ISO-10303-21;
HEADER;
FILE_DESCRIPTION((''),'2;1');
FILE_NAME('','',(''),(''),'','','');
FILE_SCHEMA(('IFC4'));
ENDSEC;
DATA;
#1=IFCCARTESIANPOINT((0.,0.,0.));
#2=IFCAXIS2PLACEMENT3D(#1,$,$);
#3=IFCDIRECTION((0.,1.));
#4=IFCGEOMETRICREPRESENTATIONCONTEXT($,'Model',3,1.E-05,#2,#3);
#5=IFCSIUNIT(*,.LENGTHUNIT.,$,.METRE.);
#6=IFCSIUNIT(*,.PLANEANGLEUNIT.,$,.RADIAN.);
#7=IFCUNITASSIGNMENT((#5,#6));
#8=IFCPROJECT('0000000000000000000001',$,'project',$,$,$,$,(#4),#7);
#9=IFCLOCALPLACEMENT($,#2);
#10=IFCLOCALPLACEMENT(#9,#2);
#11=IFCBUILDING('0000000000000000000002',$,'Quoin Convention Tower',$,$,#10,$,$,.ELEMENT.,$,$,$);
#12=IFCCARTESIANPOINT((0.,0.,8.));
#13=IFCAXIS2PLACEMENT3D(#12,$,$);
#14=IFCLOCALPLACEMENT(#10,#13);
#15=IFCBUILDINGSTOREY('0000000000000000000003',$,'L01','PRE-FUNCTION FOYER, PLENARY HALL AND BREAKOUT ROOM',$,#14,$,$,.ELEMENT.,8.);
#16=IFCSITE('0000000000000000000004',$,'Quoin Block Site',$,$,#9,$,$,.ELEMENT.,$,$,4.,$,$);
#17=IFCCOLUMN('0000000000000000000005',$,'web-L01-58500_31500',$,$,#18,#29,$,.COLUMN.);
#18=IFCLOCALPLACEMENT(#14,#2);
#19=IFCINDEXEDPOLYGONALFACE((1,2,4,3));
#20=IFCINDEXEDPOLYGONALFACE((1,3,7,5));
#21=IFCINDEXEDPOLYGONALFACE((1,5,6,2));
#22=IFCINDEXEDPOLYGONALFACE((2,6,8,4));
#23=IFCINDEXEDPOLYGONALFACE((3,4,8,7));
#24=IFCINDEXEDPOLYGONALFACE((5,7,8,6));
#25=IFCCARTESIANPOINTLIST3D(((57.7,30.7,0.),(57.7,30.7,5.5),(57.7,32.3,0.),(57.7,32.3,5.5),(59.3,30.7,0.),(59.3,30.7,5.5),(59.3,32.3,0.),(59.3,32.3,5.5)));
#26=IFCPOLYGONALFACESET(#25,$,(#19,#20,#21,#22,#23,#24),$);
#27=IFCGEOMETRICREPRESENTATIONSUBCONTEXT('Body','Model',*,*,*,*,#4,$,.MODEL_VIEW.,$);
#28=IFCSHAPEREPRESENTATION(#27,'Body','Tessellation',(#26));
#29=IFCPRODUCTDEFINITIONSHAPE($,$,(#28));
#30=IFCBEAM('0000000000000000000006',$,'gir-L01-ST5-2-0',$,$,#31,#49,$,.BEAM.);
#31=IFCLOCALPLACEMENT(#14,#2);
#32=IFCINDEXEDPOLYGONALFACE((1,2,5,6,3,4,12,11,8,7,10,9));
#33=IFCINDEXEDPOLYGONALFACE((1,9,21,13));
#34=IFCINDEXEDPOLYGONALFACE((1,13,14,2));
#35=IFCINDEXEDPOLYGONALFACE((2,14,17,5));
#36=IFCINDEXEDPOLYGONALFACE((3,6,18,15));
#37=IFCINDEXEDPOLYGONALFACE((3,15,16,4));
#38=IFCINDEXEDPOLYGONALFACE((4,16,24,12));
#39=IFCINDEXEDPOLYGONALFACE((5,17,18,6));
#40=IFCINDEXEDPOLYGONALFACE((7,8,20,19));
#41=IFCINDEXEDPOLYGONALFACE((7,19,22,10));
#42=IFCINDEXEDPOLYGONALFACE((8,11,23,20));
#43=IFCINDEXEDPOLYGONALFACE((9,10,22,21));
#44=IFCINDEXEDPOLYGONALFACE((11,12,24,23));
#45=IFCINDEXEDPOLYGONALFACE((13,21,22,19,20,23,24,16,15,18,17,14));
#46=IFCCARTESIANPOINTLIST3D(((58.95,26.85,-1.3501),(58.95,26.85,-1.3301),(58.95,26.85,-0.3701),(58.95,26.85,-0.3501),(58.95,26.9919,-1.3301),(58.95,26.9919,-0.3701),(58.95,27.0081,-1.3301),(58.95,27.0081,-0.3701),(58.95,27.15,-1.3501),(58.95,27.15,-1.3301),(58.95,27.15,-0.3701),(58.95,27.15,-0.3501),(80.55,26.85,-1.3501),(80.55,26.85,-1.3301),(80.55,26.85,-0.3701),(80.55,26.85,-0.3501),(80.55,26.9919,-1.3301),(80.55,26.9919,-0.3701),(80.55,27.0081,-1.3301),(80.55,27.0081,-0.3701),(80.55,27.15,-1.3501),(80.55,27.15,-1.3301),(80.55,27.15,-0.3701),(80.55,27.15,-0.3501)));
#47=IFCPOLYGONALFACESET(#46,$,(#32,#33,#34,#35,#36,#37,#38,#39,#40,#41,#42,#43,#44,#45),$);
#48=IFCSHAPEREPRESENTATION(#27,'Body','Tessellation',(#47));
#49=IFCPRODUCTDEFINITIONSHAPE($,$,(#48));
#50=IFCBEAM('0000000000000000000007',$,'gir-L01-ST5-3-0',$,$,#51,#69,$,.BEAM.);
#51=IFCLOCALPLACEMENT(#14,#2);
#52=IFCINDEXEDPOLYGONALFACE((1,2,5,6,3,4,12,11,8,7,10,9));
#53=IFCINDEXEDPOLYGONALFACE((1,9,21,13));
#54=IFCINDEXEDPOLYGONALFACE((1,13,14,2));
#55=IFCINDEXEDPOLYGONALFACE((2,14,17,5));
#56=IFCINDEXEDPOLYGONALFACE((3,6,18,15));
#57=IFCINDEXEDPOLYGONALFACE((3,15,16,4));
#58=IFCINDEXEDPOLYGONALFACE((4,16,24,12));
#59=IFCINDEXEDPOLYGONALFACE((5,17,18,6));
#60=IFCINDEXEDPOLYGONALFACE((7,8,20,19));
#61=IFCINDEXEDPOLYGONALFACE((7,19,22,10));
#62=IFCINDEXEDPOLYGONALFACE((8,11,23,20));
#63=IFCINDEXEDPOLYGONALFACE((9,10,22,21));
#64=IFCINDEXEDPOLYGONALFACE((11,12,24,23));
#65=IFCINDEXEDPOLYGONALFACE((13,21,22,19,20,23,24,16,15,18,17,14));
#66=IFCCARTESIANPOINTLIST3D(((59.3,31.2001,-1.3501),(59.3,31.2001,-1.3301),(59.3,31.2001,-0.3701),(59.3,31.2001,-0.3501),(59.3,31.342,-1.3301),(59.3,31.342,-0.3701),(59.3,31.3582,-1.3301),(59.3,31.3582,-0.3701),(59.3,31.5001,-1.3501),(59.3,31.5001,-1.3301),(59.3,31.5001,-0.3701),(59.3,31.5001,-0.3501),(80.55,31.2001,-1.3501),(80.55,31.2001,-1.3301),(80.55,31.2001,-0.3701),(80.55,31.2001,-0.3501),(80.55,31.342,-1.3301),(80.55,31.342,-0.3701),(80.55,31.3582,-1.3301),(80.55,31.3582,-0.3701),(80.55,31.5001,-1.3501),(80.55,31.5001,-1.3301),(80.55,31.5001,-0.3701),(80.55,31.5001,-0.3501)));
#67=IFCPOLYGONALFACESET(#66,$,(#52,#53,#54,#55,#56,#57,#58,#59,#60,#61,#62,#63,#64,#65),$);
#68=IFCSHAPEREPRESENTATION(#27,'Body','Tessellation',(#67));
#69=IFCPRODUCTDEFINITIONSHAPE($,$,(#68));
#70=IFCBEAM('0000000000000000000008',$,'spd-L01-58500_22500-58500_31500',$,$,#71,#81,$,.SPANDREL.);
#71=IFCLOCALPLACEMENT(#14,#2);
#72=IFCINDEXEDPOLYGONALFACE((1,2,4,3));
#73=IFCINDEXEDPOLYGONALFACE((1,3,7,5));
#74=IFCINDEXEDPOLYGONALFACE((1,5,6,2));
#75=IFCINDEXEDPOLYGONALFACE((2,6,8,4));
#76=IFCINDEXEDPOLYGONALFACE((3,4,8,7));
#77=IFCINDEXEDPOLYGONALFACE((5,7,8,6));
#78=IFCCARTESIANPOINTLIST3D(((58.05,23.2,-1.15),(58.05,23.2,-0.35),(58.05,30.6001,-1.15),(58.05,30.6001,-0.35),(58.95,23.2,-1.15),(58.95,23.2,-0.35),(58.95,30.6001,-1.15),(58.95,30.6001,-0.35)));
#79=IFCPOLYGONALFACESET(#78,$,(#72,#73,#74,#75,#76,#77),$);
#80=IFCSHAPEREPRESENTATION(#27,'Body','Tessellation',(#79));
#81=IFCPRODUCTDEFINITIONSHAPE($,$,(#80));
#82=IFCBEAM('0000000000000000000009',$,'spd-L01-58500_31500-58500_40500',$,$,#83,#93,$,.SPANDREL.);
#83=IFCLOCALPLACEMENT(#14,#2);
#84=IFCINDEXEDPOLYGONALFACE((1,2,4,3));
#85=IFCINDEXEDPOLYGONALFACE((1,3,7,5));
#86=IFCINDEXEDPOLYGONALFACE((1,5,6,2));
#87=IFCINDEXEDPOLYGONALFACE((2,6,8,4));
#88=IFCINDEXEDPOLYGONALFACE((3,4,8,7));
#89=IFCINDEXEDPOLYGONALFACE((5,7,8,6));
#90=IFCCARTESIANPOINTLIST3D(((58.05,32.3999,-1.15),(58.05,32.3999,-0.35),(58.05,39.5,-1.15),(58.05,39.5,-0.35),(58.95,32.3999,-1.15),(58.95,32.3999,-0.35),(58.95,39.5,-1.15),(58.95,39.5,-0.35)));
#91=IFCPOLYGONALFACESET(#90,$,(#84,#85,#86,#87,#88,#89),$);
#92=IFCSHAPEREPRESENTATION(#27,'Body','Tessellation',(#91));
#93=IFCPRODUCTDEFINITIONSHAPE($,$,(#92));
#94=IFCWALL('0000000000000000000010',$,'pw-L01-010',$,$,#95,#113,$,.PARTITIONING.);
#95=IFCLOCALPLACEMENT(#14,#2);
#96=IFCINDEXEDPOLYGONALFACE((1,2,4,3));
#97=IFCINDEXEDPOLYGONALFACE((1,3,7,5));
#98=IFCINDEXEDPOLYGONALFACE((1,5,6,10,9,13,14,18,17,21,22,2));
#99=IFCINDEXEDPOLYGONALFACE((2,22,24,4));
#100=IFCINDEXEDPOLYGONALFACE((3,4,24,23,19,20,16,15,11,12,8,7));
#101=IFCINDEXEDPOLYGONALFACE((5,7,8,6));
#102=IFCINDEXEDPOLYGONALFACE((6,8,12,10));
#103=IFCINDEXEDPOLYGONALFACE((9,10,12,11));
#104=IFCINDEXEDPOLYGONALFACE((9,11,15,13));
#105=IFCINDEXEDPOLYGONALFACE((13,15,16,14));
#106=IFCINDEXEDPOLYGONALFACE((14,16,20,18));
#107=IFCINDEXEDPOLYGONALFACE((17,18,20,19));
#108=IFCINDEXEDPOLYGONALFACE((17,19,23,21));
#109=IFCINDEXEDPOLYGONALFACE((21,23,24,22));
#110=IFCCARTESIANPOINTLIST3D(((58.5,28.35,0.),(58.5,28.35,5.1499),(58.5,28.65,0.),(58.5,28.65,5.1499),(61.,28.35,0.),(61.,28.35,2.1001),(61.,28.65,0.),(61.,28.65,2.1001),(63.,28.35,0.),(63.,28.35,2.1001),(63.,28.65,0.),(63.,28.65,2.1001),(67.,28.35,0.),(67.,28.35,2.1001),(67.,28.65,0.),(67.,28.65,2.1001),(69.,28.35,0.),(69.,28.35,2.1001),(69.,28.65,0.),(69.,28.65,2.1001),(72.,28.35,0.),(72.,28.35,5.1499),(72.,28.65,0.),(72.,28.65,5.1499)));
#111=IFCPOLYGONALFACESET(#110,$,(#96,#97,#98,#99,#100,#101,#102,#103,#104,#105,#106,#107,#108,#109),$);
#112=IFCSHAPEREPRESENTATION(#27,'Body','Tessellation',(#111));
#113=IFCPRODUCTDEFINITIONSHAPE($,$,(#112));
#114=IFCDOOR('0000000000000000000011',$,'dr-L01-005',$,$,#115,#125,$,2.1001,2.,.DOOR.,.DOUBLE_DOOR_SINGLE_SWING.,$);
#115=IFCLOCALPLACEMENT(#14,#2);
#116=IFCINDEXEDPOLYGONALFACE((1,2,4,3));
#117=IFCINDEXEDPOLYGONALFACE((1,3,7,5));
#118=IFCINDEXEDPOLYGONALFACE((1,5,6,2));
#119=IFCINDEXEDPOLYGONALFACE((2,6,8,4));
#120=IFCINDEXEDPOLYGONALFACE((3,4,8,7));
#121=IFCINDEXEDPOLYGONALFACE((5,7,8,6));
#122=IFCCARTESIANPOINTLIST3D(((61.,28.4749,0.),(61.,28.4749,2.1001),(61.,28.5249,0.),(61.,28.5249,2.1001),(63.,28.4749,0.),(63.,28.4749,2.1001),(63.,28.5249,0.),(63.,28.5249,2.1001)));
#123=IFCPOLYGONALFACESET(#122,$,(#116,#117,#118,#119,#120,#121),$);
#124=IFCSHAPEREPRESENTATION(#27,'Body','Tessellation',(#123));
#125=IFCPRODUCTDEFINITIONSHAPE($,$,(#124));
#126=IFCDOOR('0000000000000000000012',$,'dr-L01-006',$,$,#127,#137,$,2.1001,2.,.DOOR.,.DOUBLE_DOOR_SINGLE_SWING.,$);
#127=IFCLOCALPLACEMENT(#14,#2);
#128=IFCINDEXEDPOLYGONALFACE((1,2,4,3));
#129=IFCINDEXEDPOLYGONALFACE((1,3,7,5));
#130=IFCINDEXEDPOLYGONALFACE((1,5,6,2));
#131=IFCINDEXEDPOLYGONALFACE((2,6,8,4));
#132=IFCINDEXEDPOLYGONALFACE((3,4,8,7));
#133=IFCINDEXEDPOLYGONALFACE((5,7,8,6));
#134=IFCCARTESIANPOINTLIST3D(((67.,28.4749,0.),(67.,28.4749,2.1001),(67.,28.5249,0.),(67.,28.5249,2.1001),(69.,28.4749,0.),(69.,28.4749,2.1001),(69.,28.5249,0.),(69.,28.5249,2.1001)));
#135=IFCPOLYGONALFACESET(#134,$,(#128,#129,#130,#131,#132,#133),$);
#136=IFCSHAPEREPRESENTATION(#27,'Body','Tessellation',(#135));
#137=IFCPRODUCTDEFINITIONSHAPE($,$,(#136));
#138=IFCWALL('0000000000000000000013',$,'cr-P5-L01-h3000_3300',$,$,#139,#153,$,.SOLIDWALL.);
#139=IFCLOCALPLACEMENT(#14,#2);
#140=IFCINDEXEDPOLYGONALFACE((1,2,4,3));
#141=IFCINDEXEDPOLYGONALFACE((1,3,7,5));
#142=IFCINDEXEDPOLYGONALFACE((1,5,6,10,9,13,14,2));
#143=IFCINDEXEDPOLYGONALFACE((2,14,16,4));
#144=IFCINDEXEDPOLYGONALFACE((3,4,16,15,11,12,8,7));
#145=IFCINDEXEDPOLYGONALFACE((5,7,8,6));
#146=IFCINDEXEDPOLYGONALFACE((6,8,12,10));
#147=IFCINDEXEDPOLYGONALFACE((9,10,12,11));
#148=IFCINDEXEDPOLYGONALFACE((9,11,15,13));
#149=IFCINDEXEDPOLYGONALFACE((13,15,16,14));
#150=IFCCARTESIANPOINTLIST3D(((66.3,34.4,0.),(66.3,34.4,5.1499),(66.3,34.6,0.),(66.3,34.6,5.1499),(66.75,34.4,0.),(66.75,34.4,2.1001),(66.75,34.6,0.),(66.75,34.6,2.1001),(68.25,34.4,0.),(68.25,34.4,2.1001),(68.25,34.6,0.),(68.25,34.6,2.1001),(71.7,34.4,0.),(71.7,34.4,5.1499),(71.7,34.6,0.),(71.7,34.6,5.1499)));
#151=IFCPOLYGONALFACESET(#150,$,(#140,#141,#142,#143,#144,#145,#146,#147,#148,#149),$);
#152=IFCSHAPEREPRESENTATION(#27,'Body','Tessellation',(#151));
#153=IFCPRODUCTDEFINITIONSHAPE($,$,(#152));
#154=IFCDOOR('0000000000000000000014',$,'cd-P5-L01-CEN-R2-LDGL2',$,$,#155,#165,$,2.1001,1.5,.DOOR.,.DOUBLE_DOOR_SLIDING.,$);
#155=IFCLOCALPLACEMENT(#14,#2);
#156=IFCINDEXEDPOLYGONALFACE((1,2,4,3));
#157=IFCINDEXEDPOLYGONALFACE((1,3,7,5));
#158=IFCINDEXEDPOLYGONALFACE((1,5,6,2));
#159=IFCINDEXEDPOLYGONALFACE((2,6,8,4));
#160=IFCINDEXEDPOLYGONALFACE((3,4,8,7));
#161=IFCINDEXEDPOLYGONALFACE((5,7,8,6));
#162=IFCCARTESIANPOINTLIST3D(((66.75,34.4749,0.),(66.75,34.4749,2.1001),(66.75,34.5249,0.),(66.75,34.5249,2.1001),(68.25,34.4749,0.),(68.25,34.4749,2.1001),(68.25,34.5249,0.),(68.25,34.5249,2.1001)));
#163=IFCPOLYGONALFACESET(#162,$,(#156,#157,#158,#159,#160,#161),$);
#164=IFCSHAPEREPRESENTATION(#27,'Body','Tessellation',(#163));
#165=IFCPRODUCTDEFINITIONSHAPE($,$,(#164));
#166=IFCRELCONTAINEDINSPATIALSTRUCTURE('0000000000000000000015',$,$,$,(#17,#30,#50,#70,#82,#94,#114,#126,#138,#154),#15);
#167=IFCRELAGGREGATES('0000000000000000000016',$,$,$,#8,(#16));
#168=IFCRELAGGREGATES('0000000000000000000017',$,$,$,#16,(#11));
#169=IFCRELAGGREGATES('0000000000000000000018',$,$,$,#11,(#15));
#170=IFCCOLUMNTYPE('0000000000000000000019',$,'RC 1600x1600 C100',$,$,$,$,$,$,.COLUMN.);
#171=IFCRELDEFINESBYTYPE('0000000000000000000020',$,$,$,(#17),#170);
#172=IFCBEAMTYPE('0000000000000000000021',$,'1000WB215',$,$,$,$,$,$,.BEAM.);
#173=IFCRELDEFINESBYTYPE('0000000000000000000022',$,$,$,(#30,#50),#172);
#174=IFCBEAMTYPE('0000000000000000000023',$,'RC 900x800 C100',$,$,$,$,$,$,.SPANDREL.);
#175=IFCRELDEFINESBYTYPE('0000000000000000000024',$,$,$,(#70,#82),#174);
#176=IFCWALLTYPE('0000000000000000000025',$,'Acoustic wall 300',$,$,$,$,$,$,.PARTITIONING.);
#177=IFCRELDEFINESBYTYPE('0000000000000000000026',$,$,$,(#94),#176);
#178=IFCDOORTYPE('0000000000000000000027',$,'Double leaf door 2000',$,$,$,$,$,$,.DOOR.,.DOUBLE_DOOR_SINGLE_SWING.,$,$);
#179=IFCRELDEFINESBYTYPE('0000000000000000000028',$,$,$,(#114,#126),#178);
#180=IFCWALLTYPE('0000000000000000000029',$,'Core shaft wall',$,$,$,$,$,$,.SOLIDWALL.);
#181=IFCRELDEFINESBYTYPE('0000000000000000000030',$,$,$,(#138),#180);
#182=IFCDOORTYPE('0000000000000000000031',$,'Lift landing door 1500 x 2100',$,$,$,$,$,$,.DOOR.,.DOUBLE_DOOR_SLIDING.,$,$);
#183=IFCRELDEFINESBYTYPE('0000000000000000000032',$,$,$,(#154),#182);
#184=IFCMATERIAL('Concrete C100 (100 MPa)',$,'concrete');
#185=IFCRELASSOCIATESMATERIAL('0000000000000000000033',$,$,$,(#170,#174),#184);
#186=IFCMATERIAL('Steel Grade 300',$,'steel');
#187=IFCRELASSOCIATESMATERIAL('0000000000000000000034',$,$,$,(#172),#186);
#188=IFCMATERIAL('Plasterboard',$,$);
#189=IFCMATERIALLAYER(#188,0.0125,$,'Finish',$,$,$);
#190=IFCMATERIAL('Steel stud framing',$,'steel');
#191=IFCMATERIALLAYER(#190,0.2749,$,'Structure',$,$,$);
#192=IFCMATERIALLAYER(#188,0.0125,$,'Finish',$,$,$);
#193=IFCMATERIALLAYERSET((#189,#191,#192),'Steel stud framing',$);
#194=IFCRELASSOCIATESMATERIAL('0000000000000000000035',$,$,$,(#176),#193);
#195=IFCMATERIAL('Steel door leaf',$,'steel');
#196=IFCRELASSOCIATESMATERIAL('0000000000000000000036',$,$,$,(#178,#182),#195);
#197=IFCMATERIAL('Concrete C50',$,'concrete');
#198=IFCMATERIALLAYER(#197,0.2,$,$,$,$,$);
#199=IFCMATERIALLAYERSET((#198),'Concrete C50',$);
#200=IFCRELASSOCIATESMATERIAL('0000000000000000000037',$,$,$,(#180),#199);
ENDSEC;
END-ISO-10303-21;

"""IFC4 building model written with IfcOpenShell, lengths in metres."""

from ifc_helpers import new_model, si_unit, direction, frame, frame_2d, origin, origin_2d, place, context, subcontext, project, spatial, rectangle, i_section, extrude, material, layer, layer_set, material_profile, profile_set, type_object, element, fill, save


model = new_model("IFC4")

# Units and contexts
model_context = context("Model", 3, precision=1e-05, world=origin(), true_north=direction((0.0, 1.0)))
body_context = subcontext(model_context, "Body", "Model", "MODEL_VIEW")
ifc_project = project(units=[si_unit("LENGTHUNIT", "METRE"), si_unit("PLANEANGLEUNIT", "RADIAN")], contexts=[model_context])

# Site, building, storey
site_placement = place(None, origin())
site = spatial("IfcSite", under=ifc_project, at=site_placement, Name="Quoin Block Site", CompositionType="ELEMENT", RefElevation=4.0)
building_placement = place(site_placement, origin())
building = spatial("IfcBuilding", under=site, at=building_placement, Name="Quoin Convention Tower", CompositionType="ELEMENT")
storey_placement = place(building_placement, frame((0.0, 0.0, 8.0)))
storey = spatial("IfcBuildingStorey", under=building, at=storey_placement, Name="L01", Description="PRE-FUNCTION FOYER, PLENARY HALL AND BREAKOUT ROOM", CompositionType="ELEMENT", Elevation=8.0)

# Column
ifc_material_1 = material(Name="Concrete C100 (100 MPa)", Category="concrete")
ifc_material_profile_1 = material_profile(ifc_material_1, rectangle(XDim=1.6001, YDim=1.6001, at=origin_2d()), Name="RC 1600x1600")
ifc_profile_set_1 = profile_set([ifc_material_profile_1], Name="Concrete C100 (100 MPa)")
column_type = type_object("IfcColumnType", Name="RC 1600x1600 C100", PredefinedType="COLUMN", material=ifc_profile_set_1)
column_placement = place(storey_placement, frame((58.5, 31.5, 0.0), z_axis=(0.0, 0.0, 1.0), x_axis=(1.0, 0.0, 0.0)))
element("IfcColumn", 1, at=column_placement, inside=storey, type_object=column_type, Name="web-L01-58500_31500", PredefinedType="COLUMN", context=body_context, shape_type="SweptSolid", body=[
    extrude(rectangle(XDim=1.6001, YDim=1.6001, at=origin_2d()), origin(), (0.0, 0.0, 1.0), 5.5),
])

# Beams
ifc_material_2 = material(Name="Steel Grade 300", Category="steel")
ifc_material_profile_2 = material_profile(ifc_material_2, i_section(OverallWidth=0.3, OverallDepth=1.0, WebThickness=0.0161, FlangeThickness=0.02, at=origin_2d()), Name="1000WB215")
ifc_profile_set_2 = profile_set([ifc_material_profile_2], Name="Steel Grade 300")
beam_type_1 = type_object("IfcBeamType", Name="1000WB215", PredefinedType="BEAM", material=ifc_profile_set_2)
beam_1_placement = place(storey_placement, frame((58.95, 27.0, -0.8501), z_axis=(1.0, 0.0, 0.0), x_axis=(0.0, 1.0, 0.0)))
element("IfcBeam", 2, at=beam_1_placement, inside=storey, type_object=beam_type_1, Name="gir-L01-ST5-2-0", PredefinedType="BEAM", context=body_context, shape_type="SweptSolid", body=[
    extrude(i_section(OverallWidth=0.3, OverallDepth=1.0, WebThickness=0.0161, FlangeThickness=0.02, at=origin_2d()), origin(), (0.0, 0.0, 1.0), 21.6001),
])
beam_2_placement = place(storey_placement, frame((59.3, 31.3501, -0.8501), z_axis=(1.0, 0.0, 0.0), x_axis=(0.0, 1.0, 0.0)))
element("IfcBeam", 3, at=beam_2_placement, inside=storey, type_object=beam_type_1, Name="gir-L01-ST5-3-0", PredefinedType="BEAM", context=body_context, shape_type="SweptSolid", body=[
    extrude(i_section(OverallWidth=0.3, OverallDepth=1.0, WebThickness=0.0161, FlangeThickness=0.02, at=origin_2d()), origin(), (0.0, 0.0, 1.0), 21.25),
])
ifc_material_profile_3 = material_profile(ifc_material_1, rectangle(XDim=0.8999, YDim=0.8, at=origin_2d()), Name="RC 900x800")
ifc_profile_set_3 = profile_set([ifc_material_profile_3], Name="Concrete C100 (100 MPa)")
beam_type_2 = type_object("IfcBeamType", Name="RC 900x800 C100", PredefinedType="SPANDREL", material=ifc_profile_set_3)
beam_3_placement = place(storey_placement, frame((58.5, 23.2, -0.75), z_axis=(0.0, 1.0, 0.0), x_axis=(-1.0, 0.0, 0.0)))
element("IfcBeam", 4, at=beam_3_placement, inside=storey, type_object=beam_type_2, Name="spd-L01-58500_22500-58500_31500", PredefinedType="SPANDREL", context=body_context, shape_type="SweptSolid", body=[
    extrude(rectangle(XDim=0.8999, YDim=0.8, at=origin_2d()), origin(), (0.0, 0.0, 1.0), 7.4001),
])
beam_4_placement = place(storey_placement, frame((58.5, 32.3999, -0.75), z_axis=(0.0, 1.0, 0.0), x_axis=(-1.0, 0.0, 0.0)))
element("IfcBeam", 5, at=beam_4_placement, inside=storey, type_object=beam_type_2, Name="spd-L01-58500_31500-58500_40500", PredefinedType="SPANDREL", context=body_context, shape_type="SweptSolid", body=[
    extrude(rectangle(XDim=0.8999, YDim=0.8, at=origin_2d()), origin(), (0.0, 0.0, 1.0), 7.1001),
])

# Wall, openings, doors
ifc_material_3 = material(Name="Plasterboard")
ifc_layer_1 = layer(ifc_material_3, 0.0125, Name="Finish")
ifc_material_4 = material(Name="Steel stud framing", Category="steel")
ifc_layer_2 = layer(ifc_material_4, 0.2749, Name="Structure")
ifc_layer_3 = layer(ifc_material_3, 0.0125, Name="Finish")
ifc_layer_set_1 = layer_set([ifc_layer_1, ifc_layer_2, ifc_layer_3], Name="Steel stud framing")
wall_type_1 = type_object("IfcWallType", Name="Acoustic wall 300", PredefinedType="PARTITIONING", material=ifc_layer_set_1)
wall_1_placement = place(storey_placement, frame((58.5, 28.5, 0.0), z_axis=(0.0, 0.0, 1.0), x_axis=(1.0, 0.0, 0.0)))
wall_1 = element("IfcWall", 6, at=wall_1_placement, inside=storey, type_object=wall_type_1, Name="pw-L01-010", PredefinedType="PARTITIONING", context=body_context, shape_type="SweptSolid", body=[
    extrude(rectangle(XDim=13.5, YDim=0.3, at=frame_2d((6.75, 0.0))), origin(), (0.0, 0.0, 1.0), 5.1499),
])
opening_1_placement = place(wall_1_placement, frame((2.5, 0.0, 0.0)))
opening_1 = element("IfcOpeningElement", 7, at=opening_1_placement, cuts=wall_1, PredefinedType="OPENING", context=body_context, shape_type="SweptSolid", body=[
    extrude(rectangle(XDim=2.0, YDim=2.1001, at=frame_2d((1.0, 1.05))), frame((0.0, 0.1599, 0.0), z_axis=(0.0, -1.0, 0.0), x_axis=(1.0, 0.0, 0.0)), (0.0, 0.0, 1.0), 0.3201),
])
opening_2_placement = place(wall_1_placement, frame((8.5, 0.0, 0.0)))
opening_2 = element("IfcOpeningElement", 8, at=opening_2_placement, cuts=wall_1, PredefinedType="OPENING", context=body_context, shape_type="SweptSolid", body=[
    extrude(rectangle(XDim=2.0, YDim=2.1001, at=frame_2d((1.0, 1.05))), frame((0.0, 0.1599, 0.0), z_axis=(0.0, -1.0, 0.0), x_axis=(1.0, 0.0, 0.0)), (0.0, 0.0, 1.0), 0.3201),
])
ifc_material_5 = material(Name="Steel door leaf", Category="steel")
door_type_1 = type_object("IfcDoorType", Name="Double leaf door 2000", OperationType="DOUBLE_DOOR_SINGLE_SWING", PredefinedType="DOOR", material=ifc_material_5)
door_1_placement = place(opening_1_placement, origin())
door_1 = element("IfcDoor", 9, at=door_1_placement, inside=storey, type_object=door_type_1, Name="dr-L01-005", OperationType="DOUBLE_DOOR_SINGLE_SWING", OverallHeight=2.1001, OverallWidth=2.0, PredefinedType="DOOR", context=body_context, shape_type="SweptSolid", body=[
    extrude(rectangle(XDim=2.0, YDim=2.1001, at=frame_2d((1.0, 1.05))), frame((0.0, 0.0249, 0.0), z_axis=(0.0, -1.0, 0.0), x_axis=(1.0, 0.0, 0.0)), (0.0, 0.0, 1.0), 0.05),
])
fill(opening_1, door_1)
door_2_placement = place(opening_2_placement, origin())
door_2 = element("IfcDoor", 10, at=door_2_placement, inside=storey, type_object=door_type_1, Name="dr-L01-006", OperationType="DOUBLE_DOOR_SINGLE_SWING", OverallHeight=2.1001, OverallWidth=2.0, PredefinedType="DOOR", context=body_context, shape_type="SweptSolid", body=[
    extrude(rectangle(XDim=2.0, YDim=2.1001, at=frame_2d((1.0, 1.05))), frame((0.0, 0.0249, 0.0), z_axis=(0.0, -1.0, 0.0), x_axis=(1.0, 0.0, 0.0)), (0.0, 0.0, 1.0), 0.05),
])
fill(opening_2, door_2)

# Wall, opening, door
ifc_material_6 = material(Name="Concrete C50", Category="concrete")
ifc_layer_4 = layer(ifc_material_6, 0.2)
ifc_layer_set_2 = layer_set([ifc_layer_4], Name="Concrete C50")
wall_type_2 = type_object("IfcWallType", Name="Core shaft wall", PredefinedType="SOLIDWALL", material=ifc_layer_set_2)
wall_2_placement = place(storey_placement, frame((66.3, 34.5, 0.0), z_axis=(0.0, 0.0, 1.0), x_axis=(1.0, 0.0, 0.0)))
wall_2 = element("IfcWall", 11, at=wall_2_placement, inside=storey, type_object=wall_type_2, Name="cr-P5-L01-h3000_3300", PredefinedType="SOLIDWALL", context=body_context, shape_type="SweptSolid", body=[
    extrude(rectangle(XDim=5.3999, YDim=0.2, at=frame_2d((2.7, 0.0))), origin(), (0.0, 0.0, 1.0), 5.1499),
])
opening_3_placement = place(wall_2_placement, frame((0.45, 0.0, 0.0)))
opening_3 = element("IfcOpeningElement", 12, at=opening_3_placement, cuts=wall_2, PredefinedType="OPENING", context=body_context, shape_type="SweptSolid", body=[
    extrude(rectangle(XDim=1.5, YDim=2.1001, at=frame_2d((0.75, 1.05))), frame((0.0, 0.1099, 0.0), z_axis=(0.0, -1.0, 0.0), x_axis=(1.0, 0.0, 0.0)), (0.0, 0.0, 1.0), 0.22),
])
door_type_2 = type_object("IfcDoorType", Name="Lift landing door 1500 x 2100", OperationType="DOUBLE_DOOR_SLIDING", PredefinedType="DOOR", material=ifc_material_5)
door_3_placement = place(opening_3_placement, origin())
door_3 = element("IfcDoor", 13, at=door_3_placement, inside=storey, type_object=door_type_2, Name="cd-P5-L01-CEN-R2-LDGL2", OperationType="DOUBLE_DOOR_SLIDING", OverallHeight=2.1001, OverallWidth=1.5, PredefinedType="DOOR", context=body_context, shape_type="SweptSolid", body=[
    extrude(rectangle(XDim=1.5, YDim=2.1001, at=frame_2d((0.75, 1.05))), frame((0.0, 0.0249, 0.0), z_axis=(0.0, -1.0, 0.0), x_axis=(1.0, 0.0, 0.0)), (0.0, 0.0, 1.0), 0.05),
])
fill(opening_3, door_3)

save(model, "model.ifc")
